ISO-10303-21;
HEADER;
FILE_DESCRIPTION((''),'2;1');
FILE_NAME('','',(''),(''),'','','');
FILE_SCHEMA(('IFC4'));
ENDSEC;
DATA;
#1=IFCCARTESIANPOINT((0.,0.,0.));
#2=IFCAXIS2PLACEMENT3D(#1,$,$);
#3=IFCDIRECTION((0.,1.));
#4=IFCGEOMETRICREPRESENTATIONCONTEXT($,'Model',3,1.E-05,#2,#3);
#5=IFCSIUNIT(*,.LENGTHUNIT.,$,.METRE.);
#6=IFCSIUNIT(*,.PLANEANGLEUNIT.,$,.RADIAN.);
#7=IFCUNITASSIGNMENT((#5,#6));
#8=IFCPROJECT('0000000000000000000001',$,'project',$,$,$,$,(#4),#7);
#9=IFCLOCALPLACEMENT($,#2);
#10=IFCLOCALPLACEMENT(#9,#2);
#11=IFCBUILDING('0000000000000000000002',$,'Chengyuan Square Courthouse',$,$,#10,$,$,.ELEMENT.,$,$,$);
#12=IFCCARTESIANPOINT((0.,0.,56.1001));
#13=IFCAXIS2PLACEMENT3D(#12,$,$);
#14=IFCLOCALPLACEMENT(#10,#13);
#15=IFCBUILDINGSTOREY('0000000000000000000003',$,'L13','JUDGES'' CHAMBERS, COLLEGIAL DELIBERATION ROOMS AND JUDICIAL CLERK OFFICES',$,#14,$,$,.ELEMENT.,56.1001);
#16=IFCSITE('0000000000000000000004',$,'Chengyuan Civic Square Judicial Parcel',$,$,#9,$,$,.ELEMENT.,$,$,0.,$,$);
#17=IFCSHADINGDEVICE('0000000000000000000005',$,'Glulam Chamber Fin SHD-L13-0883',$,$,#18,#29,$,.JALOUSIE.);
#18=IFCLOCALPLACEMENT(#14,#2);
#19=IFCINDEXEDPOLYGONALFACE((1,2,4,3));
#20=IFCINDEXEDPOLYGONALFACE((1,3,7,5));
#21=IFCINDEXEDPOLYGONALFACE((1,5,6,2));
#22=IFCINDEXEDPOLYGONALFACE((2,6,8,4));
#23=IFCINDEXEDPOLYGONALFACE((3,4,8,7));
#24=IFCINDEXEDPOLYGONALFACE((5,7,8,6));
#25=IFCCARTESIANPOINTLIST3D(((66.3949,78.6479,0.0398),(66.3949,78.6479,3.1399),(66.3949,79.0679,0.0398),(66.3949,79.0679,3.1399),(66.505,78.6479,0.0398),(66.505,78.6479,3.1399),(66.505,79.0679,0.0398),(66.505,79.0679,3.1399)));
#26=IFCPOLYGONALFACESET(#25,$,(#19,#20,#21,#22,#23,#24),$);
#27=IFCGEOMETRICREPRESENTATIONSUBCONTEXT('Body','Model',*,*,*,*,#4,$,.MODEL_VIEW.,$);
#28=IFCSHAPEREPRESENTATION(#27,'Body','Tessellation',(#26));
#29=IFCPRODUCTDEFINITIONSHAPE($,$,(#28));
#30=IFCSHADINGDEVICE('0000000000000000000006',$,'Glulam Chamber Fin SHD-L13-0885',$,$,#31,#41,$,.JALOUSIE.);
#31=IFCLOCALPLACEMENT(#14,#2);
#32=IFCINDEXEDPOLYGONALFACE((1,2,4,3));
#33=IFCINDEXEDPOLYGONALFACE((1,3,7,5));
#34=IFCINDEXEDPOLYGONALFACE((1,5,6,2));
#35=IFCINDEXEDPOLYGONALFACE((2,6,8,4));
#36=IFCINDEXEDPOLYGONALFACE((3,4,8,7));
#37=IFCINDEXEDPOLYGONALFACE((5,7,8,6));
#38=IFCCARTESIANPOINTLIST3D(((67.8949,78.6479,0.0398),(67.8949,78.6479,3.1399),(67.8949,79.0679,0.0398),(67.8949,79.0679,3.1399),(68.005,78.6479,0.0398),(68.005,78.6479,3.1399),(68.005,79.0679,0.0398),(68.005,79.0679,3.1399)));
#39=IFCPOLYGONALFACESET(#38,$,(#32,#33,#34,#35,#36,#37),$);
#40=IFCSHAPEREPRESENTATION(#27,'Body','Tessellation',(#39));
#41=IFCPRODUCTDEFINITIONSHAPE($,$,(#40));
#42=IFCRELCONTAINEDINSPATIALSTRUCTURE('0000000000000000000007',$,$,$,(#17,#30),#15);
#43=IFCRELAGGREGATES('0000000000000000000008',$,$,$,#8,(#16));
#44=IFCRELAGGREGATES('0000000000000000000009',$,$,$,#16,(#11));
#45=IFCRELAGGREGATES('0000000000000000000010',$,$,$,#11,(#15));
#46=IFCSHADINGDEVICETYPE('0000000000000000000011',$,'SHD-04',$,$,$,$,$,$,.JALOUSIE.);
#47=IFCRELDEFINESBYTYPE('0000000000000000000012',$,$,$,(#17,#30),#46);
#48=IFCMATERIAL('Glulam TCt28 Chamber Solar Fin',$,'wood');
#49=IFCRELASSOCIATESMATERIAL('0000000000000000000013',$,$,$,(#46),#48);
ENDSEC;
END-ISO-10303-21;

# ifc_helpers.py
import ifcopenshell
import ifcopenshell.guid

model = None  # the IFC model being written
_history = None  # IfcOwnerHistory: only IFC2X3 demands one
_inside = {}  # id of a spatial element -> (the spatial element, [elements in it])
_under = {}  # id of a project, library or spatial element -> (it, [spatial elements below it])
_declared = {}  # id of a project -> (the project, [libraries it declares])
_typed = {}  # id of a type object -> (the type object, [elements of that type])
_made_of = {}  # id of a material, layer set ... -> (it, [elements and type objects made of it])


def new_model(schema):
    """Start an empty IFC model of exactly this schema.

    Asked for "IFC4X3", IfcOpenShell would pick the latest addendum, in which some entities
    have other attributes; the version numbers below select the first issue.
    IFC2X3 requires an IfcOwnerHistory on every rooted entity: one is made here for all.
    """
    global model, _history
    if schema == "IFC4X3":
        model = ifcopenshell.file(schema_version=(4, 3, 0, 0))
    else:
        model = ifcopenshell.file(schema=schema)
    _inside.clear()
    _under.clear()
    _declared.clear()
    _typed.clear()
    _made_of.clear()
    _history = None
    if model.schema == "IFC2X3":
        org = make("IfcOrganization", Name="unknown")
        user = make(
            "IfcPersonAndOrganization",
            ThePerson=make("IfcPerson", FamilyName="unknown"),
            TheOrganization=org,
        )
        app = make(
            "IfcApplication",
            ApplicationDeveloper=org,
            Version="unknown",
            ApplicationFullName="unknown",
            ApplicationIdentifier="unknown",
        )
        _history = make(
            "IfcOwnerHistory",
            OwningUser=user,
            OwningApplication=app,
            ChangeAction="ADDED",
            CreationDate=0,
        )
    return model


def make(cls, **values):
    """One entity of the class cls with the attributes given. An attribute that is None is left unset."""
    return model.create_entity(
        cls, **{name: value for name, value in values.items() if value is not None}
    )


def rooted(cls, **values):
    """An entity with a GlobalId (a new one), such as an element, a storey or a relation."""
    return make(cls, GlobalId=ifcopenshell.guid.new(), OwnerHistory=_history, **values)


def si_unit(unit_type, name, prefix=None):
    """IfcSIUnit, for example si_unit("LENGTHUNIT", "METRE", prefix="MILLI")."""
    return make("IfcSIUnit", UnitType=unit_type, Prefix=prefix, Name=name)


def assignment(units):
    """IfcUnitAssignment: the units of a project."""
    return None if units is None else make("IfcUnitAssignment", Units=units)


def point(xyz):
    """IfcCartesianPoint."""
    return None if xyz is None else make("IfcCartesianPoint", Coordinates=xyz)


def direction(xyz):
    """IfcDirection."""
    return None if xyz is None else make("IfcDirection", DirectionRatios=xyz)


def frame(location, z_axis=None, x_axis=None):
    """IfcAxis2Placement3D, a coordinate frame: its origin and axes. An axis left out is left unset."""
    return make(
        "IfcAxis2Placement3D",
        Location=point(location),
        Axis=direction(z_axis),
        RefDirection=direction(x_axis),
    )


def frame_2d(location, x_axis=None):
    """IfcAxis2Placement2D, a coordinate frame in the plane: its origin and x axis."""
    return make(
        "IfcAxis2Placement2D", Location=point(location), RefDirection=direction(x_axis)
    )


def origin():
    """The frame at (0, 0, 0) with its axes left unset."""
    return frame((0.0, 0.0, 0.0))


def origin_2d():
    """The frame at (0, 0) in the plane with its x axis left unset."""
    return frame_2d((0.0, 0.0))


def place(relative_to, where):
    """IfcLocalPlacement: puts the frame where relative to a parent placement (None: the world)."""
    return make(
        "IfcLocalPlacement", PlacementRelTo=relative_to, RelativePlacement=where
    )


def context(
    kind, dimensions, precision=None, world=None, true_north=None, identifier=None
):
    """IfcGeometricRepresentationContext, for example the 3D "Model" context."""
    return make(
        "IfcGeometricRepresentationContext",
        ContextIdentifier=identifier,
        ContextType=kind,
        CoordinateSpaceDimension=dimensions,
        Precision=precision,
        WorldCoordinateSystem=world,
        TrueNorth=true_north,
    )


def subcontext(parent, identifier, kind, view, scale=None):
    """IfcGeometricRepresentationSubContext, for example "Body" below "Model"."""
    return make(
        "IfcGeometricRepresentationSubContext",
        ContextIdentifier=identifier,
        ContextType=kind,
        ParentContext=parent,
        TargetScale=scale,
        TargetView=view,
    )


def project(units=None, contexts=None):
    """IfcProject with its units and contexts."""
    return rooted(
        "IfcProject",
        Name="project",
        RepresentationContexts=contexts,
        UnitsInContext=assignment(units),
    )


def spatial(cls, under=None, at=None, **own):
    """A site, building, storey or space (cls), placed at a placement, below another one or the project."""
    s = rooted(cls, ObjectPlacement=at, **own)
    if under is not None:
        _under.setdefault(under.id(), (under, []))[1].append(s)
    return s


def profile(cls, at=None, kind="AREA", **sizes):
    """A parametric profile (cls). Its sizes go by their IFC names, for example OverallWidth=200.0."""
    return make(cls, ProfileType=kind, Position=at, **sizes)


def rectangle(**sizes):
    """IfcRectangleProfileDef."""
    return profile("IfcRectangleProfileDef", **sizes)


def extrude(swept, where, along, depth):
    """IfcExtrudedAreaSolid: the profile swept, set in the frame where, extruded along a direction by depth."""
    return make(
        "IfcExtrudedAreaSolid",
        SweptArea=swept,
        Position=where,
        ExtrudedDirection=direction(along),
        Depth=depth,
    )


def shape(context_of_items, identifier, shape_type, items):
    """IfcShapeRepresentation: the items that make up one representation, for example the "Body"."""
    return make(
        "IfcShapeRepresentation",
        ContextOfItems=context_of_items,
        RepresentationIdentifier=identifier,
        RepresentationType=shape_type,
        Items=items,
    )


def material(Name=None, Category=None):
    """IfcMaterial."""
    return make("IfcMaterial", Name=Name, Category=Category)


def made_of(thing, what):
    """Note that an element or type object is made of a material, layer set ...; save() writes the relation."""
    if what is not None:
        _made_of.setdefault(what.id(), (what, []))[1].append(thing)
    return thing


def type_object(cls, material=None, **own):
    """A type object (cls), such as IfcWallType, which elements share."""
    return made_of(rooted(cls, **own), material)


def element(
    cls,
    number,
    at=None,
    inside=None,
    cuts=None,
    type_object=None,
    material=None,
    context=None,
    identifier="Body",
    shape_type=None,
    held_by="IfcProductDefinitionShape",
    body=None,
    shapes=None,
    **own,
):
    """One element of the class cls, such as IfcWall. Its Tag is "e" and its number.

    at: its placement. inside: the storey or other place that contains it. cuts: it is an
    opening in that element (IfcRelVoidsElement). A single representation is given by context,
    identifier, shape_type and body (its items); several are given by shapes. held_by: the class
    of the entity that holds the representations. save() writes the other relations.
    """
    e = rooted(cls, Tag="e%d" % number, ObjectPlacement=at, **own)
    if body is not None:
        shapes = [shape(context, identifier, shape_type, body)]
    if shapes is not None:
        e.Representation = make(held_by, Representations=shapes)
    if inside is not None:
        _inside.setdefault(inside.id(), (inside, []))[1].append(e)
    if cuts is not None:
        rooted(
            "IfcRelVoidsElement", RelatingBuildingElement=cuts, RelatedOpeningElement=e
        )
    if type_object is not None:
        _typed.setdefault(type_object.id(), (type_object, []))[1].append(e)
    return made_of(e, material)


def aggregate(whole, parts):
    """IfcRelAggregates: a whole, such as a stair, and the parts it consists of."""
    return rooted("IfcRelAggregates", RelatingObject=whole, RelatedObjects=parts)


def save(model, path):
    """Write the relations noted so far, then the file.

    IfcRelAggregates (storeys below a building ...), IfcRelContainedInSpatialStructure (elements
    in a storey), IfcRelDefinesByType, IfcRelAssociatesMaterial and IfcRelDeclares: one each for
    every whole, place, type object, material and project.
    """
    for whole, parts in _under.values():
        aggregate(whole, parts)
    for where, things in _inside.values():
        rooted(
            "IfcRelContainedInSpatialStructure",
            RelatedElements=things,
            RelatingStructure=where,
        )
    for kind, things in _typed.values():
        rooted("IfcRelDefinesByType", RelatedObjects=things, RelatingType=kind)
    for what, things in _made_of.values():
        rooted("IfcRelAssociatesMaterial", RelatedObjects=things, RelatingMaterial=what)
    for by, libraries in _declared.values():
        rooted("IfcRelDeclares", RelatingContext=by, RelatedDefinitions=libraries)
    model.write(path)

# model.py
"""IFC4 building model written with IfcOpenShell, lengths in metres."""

from ifc_helpers import new_model, si_unit, direction, frame, origin, origin_2d, place, context, subcontext, project, spatial, rectangle, extrude, material, type_object, element, save


model = new_model("IFC4")

# Units and contexts
model_context = context("Model", 3, precision=1e-05, world=origin(), true_north=direction((0.0, 1.0)))
body_context = subcontext(model_context, "Body", "Model", "MODEL_VIEW")
ifc_project = project(units=[si_unit("LENGTHUNIT", "METRE"), si_unit("PLANEANGLEUNIT", "RADIAN")], contexts=[model_context])

# Site, building, storey
site_placement = place(None, origin())
site = spatial("IfcSite", under=ifc_project, at=site_placement, Name="Chengyuan Civic Square Judicial Parcel", CompositionType="ELEMENT", RefElevation=0.0)
building_placement = place(site_placement, origin())
building = spatial("IfcBuilding", under=site, at=building_placement, Name="Chengyuan Square Courthouse", CompositionType="ELEMENT")
storey_placement = place(building_placement, frame((0.0, 0.0, 56.1001)))
storey = spatial("IfcBuildingStorey", under=building, at=storey_placement, Name="L13", Description="JUDGES' CHAMBERS, COLLEGIAL DELIBERATION ROOMS AND JUDICIAL CLERK OFFICES", CompositionType="ELEMENT", Elevation=56.1001)

# Shading devices
ifc_material_1 = material(Name="Glulam TCt28 Chamber Solar Fin", Category="wood")
shading_device_type_1 = type_object("IfcShadingDeviceType", Name="SHD-04", PredefinedType="JALOUSIE", material=ifc_material_1)
for number, where, z_axis, x_axis, name in (
    (1, (66.45, 78.8579, 0.0398), (0.0, 0.0, 1.0), (0.0, 1.0, 0.0), "Glulam Chamber Fin SHD-L13-0883"),
    (2, (67.95, 78.8579, 0.0398), (0.0, 0.0, 1.0), (0.0, 1.0, 0.0), "Glulam Chamber Fin SHD-L13-0885"),
):
    element("IfcShadingDevice", number, at=place(storey_placement, frame(where, z_axis=z_axis, x_axis=x_axis)), inside=storey, type_object=shading_device_type_1, Name=name, PredefinedType="JALOUSIE", context=body_context, shape_type="SweptSolid", body=[
        extrude(rectangle(XDim=0.4199, YDim=0.1101, at=origin_2d()), origin(), (0.0, 0.0, 1.0), 3.1001),
    ])

save(model, "model.ifc")
